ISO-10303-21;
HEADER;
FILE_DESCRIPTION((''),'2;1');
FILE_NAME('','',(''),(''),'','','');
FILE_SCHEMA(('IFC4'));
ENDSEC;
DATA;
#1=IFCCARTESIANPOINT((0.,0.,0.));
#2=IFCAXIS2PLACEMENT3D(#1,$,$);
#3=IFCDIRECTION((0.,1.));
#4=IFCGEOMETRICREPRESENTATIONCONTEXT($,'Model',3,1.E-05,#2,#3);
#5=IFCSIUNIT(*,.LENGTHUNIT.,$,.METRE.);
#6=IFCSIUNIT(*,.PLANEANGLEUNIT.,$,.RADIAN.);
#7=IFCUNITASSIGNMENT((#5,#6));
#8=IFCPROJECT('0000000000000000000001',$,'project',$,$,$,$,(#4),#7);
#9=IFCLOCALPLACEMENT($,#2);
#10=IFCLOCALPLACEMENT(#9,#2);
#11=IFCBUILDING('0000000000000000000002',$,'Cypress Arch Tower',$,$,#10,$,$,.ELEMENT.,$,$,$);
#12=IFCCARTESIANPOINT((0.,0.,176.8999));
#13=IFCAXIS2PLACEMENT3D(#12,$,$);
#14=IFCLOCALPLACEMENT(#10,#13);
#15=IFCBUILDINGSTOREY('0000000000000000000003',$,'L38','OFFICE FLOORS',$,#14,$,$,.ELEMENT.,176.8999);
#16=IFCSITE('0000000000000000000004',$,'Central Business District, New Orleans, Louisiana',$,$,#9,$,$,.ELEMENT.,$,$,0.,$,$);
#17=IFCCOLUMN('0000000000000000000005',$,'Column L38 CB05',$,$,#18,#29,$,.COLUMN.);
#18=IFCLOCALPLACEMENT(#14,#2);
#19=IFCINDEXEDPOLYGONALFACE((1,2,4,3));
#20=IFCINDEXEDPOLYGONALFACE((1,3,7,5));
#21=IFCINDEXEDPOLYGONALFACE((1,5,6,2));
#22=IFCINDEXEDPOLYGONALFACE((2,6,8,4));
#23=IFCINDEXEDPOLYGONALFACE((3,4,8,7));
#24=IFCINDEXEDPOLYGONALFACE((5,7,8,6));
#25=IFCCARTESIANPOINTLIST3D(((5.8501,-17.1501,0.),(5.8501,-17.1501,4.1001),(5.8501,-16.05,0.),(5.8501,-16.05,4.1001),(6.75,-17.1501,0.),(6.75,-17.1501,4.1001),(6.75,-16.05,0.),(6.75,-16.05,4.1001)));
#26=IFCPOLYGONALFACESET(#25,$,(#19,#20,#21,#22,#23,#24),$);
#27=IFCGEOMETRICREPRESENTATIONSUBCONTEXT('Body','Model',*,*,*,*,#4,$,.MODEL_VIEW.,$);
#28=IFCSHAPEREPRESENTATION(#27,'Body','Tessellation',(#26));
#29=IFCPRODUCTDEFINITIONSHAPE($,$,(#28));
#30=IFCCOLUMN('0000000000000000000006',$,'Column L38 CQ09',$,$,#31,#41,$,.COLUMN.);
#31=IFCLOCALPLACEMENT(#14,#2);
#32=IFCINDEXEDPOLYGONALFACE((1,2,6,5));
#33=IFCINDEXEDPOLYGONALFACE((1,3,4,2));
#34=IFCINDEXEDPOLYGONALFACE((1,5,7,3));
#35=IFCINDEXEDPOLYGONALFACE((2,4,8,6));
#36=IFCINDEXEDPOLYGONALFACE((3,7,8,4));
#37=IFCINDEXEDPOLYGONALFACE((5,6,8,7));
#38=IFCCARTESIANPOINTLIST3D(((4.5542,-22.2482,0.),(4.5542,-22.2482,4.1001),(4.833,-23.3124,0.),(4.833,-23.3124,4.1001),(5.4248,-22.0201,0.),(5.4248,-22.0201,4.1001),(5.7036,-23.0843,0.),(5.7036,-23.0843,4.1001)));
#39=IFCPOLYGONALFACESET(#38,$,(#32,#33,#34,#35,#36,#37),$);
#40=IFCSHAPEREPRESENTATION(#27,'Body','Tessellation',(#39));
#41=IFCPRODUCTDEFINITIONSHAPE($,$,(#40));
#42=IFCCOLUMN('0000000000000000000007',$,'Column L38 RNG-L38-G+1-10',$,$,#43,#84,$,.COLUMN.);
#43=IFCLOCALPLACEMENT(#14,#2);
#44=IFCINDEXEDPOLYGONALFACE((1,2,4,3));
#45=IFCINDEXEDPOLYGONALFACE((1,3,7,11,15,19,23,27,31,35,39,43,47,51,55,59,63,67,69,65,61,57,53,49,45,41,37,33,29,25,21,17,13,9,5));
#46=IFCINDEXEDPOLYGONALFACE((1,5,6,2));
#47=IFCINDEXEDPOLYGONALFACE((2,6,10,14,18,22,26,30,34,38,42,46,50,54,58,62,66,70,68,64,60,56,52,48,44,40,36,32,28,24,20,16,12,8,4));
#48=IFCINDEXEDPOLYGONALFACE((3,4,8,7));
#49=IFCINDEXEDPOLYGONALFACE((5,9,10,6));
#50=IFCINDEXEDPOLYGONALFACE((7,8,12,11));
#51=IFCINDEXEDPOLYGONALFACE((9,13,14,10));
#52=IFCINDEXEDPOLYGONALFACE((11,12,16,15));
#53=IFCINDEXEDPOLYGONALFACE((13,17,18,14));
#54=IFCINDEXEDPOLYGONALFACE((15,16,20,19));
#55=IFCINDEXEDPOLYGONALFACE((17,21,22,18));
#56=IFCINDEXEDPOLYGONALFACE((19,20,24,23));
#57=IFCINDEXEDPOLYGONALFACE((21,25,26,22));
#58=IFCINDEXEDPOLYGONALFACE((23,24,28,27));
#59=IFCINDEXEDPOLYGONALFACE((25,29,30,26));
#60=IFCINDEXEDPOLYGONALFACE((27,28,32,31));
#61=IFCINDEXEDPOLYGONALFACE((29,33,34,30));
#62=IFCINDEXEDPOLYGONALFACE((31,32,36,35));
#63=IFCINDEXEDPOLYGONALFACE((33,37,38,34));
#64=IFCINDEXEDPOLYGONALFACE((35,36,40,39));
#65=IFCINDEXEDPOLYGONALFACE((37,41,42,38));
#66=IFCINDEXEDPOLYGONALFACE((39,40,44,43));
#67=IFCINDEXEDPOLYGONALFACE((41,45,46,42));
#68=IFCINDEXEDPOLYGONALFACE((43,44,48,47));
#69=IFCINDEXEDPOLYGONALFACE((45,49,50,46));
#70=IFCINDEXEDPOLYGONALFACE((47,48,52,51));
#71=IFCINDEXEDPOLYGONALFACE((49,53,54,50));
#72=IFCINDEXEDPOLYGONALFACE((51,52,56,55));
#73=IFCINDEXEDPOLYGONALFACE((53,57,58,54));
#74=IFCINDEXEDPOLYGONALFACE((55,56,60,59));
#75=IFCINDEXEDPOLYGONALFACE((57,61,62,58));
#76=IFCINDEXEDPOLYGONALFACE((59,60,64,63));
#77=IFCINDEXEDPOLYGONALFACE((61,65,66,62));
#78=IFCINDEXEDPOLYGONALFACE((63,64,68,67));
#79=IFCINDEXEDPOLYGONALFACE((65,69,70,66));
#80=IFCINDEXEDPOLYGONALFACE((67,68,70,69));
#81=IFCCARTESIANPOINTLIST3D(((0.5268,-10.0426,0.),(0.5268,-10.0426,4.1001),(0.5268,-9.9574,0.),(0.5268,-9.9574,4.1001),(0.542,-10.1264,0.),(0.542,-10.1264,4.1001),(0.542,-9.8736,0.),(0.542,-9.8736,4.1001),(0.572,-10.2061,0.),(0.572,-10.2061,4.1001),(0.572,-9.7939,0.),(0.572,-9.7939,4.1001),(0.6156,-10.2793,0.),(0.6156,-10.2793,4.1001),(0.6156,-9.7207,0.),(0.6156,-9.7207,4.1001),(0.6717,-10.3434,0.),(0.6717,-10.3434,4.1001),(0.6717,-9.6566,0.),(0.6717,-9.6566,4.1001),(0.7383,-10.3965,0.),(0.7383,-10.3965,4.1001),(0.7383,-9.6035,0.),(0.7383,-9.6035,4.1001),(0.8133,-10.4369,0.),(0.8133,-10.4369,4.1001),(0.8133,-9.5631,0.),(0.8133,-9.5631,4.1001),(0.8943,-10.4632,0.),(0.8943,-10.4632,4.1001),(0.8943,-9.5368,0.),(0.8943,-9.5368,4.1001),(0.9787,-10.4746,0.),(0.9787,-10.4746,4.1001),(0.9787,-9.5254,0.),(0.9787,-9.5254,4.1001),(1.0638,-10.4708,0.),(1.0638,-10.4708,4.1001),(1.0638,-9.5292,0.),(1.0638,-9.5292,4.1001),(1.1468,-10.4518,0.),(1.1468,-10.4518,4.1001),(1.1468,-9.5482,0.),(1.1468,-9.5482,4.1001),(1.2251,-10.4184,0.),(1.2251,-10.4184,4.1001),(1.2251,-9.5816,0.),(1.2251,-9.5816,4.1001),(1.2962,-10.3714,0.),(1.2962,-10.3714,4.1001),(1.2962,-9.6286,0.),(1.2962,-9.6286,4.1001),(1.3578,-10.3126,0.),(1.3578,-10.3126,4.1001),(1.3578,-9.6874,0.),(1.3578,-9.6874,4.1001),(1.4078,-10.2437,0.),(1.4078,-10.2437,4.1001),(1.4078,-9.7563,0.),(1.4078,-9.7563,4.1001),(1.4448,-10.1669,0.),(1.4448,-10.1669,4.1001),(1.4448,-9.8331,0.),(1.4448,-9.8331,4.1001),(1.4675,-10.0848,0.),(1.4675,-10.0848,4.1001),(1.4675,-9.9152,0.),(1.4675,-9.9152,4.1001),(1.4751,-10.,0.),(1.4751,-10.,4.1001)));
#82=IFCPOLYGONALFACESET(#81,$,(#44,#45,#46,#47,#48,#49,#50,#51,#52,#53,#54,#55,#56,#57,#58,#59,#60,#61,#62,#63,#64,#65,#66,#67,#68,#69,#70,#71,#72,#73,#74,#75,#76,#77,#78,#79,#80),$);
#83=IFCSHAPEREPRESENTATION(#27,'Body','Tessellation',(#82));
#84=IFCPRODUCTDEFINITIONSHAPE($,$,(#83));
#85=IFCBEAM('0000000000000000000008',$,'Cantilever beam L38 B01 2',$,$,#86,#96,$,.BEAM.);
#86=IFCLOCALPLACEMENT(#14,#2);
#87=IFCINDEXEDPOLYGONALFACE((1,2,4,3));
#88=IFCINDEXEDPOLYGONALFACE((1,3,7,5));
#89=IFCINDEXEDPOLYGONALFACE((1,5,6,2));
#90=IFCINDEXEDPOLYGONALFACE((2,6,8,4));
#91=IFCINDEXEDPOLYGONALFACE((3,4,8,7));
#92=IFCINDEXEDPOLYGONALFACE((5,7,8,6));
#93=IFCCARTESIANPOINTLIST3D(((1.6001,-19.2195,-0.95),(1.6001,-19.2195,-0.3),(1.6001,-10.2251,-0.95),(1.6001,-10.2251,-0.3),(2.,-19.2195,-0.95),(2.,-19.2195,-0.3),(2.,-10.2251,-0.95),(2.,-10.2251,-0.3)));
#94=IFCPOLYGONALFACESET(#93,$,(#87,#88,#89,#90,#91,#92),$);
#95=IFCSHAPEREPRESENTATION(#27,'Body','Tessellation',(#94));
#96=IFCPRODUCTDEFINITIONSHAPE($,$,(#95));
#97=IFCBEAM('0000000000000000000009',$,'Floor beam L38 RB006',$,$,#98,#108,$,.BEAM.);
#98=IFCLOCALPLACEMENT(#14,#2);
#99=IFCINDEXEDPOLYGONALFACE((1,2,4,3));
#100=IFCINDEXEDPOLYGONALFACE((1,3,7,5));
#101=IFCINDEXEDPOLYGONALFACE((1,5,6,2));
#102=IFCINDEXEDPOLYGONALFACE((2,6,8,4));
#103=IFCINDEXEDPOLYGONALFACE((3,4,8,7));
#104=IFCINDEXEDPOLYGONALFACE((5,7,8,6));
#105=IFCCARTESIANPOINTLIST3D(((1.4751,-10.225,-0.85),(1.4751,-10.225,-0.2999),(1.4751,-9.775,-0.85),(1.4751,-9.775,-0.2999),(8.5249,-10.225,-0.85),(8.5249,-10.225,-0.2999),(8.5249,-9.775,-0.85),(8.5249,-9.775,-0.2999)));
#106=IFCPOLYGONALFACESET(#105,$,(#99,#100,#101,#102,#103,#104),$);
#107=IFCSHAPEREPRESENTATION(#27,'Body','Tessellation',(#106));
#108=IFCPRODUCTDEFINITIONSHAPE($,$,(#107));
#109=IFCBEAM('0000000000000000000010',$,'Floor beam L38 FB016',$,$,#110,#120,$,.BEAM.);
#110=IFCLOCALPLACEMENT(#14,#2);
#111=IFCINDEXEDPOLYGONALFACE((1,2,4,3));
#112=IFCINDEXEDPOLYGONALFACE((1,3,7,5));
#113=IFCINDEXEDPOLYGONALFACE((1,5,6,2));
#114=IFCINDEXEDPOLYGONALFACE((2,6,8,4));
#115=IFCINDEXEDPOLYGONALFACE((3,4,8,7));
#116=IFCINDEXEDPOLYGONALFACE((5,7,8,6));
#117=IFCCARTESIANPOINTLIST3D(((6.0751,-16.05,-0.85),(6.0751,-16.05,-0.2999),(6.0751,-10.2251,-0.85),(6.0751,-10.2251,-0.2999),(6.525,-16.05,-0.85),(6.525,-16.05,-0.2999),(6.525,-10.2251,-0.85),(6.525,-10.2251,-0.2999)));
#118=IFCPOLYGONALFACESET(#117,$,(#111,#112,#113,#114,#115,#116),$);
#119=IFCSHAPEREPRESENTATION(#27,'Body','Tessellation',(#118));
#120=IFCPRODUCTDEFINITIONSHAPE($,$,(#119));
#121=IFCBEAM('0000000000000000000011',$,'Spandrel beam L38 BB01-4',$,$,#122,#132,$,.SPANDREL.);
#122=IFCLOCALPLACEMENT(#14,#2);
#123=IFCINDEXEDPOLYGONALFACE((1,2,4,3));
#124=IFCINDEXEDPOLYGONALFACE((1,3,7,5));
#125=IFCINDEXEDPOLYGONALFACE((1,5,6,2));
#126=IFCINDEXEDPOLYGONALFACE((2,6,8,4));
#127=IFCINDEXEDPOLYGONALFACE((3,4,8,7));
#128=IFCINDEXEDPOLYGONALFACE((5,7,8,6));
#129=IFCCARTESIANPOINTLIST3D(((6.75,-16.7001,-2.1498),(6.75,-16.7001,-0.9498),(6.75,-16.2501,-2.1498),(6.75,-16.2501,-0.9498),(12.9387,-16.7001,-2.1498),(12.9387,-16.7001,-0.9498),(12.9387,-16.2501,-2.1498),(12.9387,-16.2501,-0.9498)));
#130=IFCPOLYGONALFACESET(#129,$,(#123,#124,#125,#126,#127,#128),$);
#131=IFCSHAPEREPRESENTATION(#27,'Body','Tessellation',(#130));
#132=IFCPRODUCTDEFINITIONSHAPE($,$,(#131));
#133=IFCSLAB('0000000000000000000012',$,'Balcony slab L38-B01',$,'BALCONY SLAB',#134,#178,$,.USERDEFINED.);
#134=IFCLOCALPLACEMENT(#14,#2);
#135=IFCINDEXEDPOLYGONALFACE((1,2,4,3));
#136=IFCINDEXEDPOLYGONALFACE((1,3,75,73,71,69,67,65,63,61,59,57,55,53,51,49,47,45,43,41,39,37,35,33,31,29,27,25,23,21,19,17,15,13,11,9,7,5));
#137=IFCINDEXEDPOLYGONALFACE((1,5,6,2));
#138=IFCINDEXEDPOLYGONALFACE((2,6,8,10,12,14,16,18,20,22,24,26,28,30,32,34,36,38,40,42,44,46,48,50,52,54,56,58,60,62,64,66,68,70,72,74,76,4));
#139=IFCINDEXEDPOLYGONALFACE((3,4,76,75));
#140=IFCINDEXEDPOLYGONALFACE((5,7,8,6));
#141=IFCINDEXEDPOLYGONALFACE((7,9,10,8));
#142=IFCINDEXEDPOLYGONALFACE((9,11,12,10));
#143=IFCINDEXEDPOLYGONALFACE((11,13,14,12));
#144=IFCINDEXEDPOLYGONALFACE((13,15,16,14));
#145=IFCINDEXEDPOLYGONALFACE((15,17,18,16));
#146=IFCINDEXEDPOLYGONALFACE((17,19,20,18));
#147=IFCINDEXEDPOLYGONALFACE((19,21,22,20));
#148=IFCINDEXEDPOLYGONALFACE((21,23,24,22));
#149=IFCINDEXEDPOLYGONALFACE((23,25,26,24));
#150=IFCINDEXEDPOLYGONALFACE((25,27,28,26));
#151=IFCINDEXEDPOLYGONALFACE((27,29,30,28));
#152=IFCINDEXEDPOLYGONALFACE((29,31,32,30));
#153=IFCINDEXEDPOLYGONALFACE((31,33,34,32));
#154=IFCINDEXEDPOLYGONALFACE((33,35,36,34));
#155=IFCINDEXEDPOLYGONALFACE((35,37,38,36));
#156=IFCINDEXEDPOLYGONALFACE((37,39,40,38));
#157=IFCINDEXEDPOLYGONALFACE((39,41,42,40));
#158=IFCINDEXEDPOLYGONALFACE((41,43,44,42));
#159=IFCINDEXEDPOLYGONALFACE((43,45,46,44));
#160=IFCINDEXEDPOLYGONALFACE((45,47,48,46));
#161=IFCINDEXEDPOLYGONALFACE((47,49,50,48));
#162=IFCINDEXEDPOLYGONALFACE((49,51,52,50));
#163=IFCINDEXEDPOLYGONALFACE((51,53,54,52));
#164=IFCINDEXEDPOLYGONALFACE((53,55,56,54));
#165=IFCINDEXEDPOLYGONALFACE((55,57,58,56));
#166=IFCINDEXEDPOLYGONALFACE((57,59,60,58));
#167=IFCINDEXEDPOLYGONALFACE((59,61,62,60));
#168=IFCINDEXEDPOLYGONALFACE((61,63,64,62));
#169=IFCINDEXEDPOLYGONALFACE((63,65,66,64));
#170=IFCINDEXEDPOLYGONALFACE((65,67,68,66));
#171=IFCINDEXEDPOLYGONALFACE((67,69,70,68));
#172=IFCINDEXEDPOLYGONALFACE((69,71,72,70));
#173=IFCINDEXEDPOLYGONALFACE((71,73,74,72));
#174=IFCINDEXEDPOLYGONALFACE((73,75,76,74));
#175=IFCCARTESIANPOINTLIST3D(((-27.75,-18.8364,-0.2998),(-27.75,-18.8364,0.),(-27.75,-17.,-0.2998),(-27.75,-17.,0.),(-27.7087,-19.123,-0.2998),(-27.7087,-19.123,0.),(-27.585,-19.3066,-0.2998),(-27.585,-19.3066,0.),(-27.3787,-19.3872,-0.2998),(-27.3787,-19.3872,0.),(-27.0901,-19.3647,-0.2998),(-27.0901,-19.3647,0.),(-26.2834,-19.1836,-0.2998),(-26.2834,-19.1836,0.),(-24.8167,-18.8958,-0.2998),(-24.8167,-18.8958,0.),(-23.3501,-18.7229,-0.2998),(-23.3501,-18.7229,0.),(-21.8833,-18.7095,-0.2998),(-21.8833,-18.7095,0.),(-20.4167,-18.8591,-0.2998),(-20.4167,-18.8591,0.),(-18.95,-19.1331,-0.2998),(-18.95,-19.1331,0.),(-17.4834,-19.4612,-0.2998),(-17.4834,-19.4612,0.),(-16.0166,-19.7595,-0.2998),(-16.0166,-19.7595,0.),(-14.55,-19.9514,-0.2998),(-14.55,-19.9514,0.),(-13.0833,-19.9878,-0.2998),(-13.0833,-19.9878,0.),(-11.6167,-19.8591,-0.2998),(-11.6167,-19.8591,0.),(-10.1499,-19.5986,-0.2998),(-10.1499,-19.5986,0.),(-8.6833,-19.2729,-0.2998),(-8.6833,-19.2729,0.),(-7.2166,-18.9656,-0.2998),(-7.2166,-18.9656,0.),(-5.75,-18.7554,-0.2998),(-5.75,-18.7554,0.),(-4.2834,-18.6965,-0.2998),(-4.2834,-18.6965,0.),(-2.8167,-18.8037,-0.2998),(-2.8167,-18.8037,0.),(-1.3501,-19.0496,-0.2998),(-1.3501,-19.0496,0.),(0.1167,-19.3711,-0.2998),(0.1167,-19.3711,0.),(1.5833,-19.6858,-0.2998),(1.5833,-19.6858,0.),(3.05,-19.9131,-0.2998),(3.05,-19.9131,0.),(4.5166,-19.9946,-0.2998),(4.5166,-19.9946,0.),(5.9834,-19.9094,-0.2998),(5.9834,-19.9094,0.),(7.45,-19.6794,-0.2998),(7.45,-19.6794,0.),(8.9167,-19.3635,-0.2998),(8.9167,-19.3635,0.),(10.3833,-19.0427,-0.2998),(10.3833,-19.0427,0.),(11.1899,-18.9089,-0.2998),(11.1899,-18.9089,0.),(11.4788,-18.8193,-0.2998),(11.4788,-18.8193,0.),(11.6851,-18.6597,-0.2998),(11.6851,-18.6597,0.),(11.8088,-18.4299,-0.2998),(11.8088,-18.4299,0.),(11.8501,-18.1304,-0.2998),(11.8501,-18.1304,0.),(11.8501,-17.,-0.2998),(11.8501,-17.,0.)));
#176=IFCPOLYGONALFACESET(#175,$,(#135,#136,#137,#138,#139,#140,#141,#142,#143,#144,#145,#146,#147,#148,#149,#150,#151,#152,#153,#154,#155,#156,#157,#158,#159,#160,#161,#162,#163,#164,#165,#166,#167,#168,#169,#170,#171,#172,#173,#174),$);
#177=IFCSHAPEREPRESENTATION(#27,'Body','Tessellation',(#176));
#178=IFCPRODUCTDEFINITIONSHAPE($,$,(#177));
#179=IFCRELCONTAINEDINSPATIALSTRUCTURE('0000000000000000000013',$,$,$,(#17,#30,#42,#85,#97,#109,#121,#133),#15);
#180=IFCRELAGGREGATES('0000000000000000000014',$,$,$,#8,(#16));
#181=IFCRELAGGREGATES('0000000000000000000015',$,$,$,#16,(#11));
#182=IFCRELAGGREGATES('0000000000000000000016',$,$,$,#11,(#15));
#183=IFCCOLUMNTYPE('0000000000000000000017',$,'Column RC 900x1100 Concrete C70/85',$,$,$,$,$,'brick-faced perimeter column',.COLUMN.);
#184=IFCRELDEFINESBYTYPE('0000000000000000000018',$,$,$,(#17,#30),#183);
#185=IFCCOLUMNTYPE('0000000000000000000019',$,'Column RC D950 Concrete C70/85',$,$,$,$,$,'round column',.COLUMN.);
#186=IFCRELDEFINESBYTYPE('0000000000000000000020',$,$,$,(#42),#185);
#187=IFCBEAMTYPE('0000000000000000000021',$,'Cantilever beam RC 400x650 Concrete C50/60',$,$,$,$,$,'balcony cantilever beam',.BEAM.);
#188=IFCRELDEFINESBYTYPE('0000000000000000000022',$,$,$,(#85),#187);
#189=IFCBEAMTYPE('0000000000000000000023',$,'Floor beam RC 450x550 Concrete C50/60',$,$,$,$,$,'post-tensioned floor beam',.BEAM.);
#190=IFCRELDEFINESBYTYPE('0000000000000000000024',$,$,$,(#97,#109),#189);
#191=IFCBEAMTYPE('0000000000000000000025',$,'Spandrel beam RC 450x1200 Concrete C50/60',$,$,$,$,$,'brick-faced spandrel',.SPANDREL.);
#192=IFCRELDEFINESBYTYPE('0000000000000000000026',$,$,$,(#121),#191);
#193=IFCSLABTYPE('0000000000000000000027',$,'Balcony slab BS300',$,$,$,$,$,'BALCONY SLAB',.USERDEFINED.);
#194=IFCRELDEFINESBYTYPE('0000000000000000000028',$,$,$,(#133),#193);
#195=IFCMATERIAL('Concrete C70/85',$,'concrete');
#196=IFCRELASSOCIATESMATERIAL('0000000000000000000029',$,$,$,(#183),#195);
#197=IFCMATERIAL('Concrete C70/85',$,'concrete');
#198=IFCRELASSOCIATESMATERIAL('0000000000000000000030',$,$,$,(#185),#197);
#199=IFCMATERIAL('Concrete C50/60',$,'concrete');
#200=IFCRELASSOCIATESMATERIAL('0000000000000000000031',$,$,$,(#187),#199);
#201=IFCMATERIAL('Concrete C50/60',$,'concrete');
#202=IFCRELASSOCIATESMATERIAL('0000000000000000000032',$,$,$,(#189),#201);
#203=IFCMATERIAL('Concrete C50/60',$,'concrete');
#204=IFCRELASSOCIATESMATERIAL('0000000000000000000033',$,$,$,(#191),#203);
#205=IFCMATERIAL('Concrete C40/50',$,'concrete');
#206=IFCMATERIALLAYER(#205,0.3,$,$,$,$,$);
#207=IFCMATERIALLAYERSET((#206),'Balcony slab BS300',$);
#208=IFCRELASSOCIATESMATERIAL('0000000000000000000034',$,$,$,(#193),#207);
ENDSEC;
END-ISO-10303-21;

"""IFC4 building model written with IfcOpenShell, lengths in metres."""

from ifc_helpers import new_model, si_unit, direction, frame, origin, origin_2d, place, context, subcontext, project, spatial, polyline, rectangle, circle, outline, extrude, material, layer, layer_set, material_profile, profile_set, type_object, element, save


model = new_model("IFC4")

# Units and contexts
model_context = context("Model", 3, precision=1e-05, world=origin(), true_north=direction((0.0, 1.0)))
body_context = subcontext(model_context, "Body", "Model", "MODEL_VIEW")
ifc_project = project(units=[si_unit("LENGTHUNIT", "METRE"), si_unit("PLANEANGLEUNIT", "RADIAN")], contexts=[model_context])

# Site, building, storey
site_placement = place(None, origin())
site = spatial("IfcSite", under=ifc_project, at=site_placement, Name="Central Business District, New Orleans, Louisiana", CompositionType="ELEMENT", RefElevation=0.0)
building_placement = place(site_placement, origin())
building = spatial("IfcBuilding", under=site, at=building_placement, Name="Cypress Arch Tower", CompositionType="ELEMENT")
storey_placement = place(building_placement, frame((0.0, 0.0, 176.8999)))
storey = spatial("IfcBuildingStorey", under=building, at=storey_placement, Name="L38", Description="OFFICE FLOORS", CompositionType="ELEMENT", Elevation=176.8999)

# Columns
ifc_material_1 = material(Name="Concrete C70/85", Category="concrete")
ifc_material_profile_1 = material_profile(ifc_material_1, rectangle(XDim=0.8999, YDim=1.1001, at=origin_2d()), Name="RC 900x1100")
ifc_profile_set_1 = profile_set([ifc_material_profile_1], Name="Concrete C70/85")
column_type_1 = type_object("IfcColumnType", Name="Column RC 900x1100 Concrete C70/85", ElementType="brick-faced perimeter column", PredefinedType="COLUMN", material=ifc_profile_set_1)
for number, where, z_axis, x_axis, name in (
    (1, (6.3, -16.6001, 0.0), (0.0, 0.0, 1.0), (1.0, 0.0, 0.0), "Column L38 CB05"),
    (2, (5.1289, -22.6663, 0.0), (0.0, 0.0, 1.0), (0.967356, 0.253422, 0.0), "Column L38 CQ09"),
):
    element("IfcColumn", number, at=place(storey_placement, frame(where, z_axis=z_axis, x_axis=x_axis)), inside=storey, type_object=column_type_1, Name=name, PredefinedType="COLUMN", context=body_context, shape_type="SweptSolid", body=[
        extrude(rectangle(XDim=0.8999, YDim=1.1001, at=origin_2d()), origin(), (0.0, 0.0, 1.0), 4.1001),
    ])
ifc_material_2 = material(Name="Concrete C70/85", Category="concrete")
ifc_material_profile_2 = material_profile(ifc_material_2, circle(Radius=0.4751, at=origin_2d()), Name="RC D950")
ifc_profile_set_2 = profile_set([ifc_material_profile_2], Name="Concrete C70/85")
column_type_2 = type_object("IfcColumnType", Name="Column RC D950 Concrete C70/85", ElementType="round column", PredefinedType="COLUMN", material=ifc_profile_set_2)
column_placement = place(storey_placement, frame((1.0, -10.0, 0.0), z_axis=(0.0, 0.0, 1.0), x_axis=(1.0, 0.0, 0.0)))
element("IfcColumn", 3, at=column_placement, inside=storey, type_object=column_type_2, Name="Column L38 RNG-L38-G+1-10", PredefinedType="COLUMN", context=body_context, shape_type="SweptSolid", body=[
    extrude(circle(Radius=0.4751, at=origin_2d()), origin(), (0.0, 0.0, 1.0), 4.1001),
])

# Beams
ifc_material_3 = material(Name="Concrete C50/60", Category="concrete")
ifc_material_profile_3 = material_profile(ifc_material_3, rectangle(XDim=0.3999, YDim=0.6499, at=origin_2d()), Name="RC 400x650")
ifc_profile_set_3 = profile_set([ifc_material_profile_3], Name="Concrete C50/60")
beam_type_1 = type_object("IfcBeamType", Name="Cantilever beam RC 400x650 Concrete C50/60", ElementType="balcony cantilever beam", PredefinedType="BEAM", material=ifc_profile_set_3)
beam_1_placement = place(storey_placement, frame((1.8, -10.2251, -0.625), z_axis=(0.0, -1.0, 0.0), x_axis=(1.0, 0.0, 0.0)))
element("IfcBeam", 4, at=beam_1_placement, inside=storey, type_object=beam_type_1, Name="Cantilever beam L38 B01 2", PredefinedType="BEAM", context=body_context, shape_type="SweptSolid", body=[
    extrude(rectangle(XDim=0.3999, YDim=0.6499, at=origin_2d()), origin(), (0.0, 0.0, 1.0), 8.9944),
])
ifc_material_4 = material(Name="Concrete C50/60", Category="concrete")
ifc_material_profile_4 = material_profile(ifc_material_4, rectangle(XDim=0.45, YDim=0.55, at=origin_2d()), Name="RC 450x550")
ifc_profile_set_4 = profile_set([ifc_material_profile_4], Name="Concrete C50/60")
beam_type_2 = type_object("IfcBeamType", Name="Floor beam RC 450x550 Concrete C50/60", ElementType="post-tensioned floor beam", PredefinedType="BEAM", material=ifc_profile_set_4)
beam_2_placement = place(storey_placement, frame((1.4751, -10.0, -0.575), z_axis=(1.0, 0.0, 0.0), x_axis=(0.0, 1.0, 0.0)))
element("IfcBeam", 5, at=beam_2_placement, inside=storey, type_object=beam_type_2, Name="Floor beam L38 RB006", PredefinedType="BEAM", context=body_context, shape_type="SweptSolid", body=[
    extrude(rectangle(XDim=0.45, YDim=0.55, at=origin_2d()), origin(), (0.0, 0.0, 1.0), 7.0498),
])
beam_3_placement = place(storey_placement, frame((6.3, -16.05, -0.575), z_axis=(0.0, 1.0, 0.0), x_axis=(-1.0, 0.0, 0.0)))
element("IfcBeam", 6, at=beam_3_placement, inside=storey, type_object=beam_type_2, Name="Floor beam L38 FB016", PredefinedType="BEAM", context=body_context, shape_type="SweptSolid", body=[
    extrude(rectangle(XDim=0.45, YDim=0.55, at=origin_2d()), origin(), (0.0, 0.0, 1.0), 5.825),
])
ifc_material_5 = material(Name="Concrete C50/60", Category="concrete")
ifc_material_profile_5 = material_profile(ifc_material_5, rectangle(XDim=0.45, YDim=1.2, at=origin_2d()), Name="RC 450x1200")
ifc_profile_set_5 = profile_set([ifc_material_profile_5], Name="Concrete C50/60")
beam_type_3 = type_object("IfcBeamType", Name="Spandrel beam RC 450x1200 Concrete C50/60", ElementType="brick-faced spandrel", PredefinedType="SPANDREL", material=ifc_profile_set_5)
beam_4_placement = place(storey_placement, frame((6.75, -16.4751, -1.5498), z_axis=(1.0, 0.0, 0.0), x_axis=(0.0, 1.0, 0.0)))
element("IfcBeam", 7, at=beam_4_placement, inside=storey, type_object=beam_type_3, Name="Spandrel beam L38 BB01-4", PredefinedType="SPANDREL", context=body_context, shape_type="SweptSolid", body=[
    extrude(rectangle(XDim=0.45, YDim=1.2, at=origin_2d()), origin(), (0.0, 0.0, 1.0), 6.1887),
])

# Slab
ifc_material_6 = material(Name="Concrete C40/50", Category="concrete")
ifc_layer_1 = layer(ifc_material_6, 0.3)
ifc_layer_set_1 = layer_set([ifc_layer_1], Name="Balcony slab BS300")
slab_type_1 = type_object("IfcSlabType", Name="Balcony slab BS300", ElementType="BALCONY SLAB", PredefinedType="USERDEFINED", material=ifc_layer_set_1)
slab_1_placement = place(storey_placement, frame((0.0, 0.0, -0.2998)))
element("IfcSlab", 8, at=slab_1_placement, inside=storey, type_object=slab_type_1, Name="Balcony slab L38-B01", ObjectType="BALCONY SLAB", PredefinedType="USERDEFINED", context=body_context, shape_type="SweptSolid", body=[
    extrude(outline(polyline([(-27.75, -17.0), (-27.75, -18.8364), (-27.7087, -19.123), (-27.585, -19.3066), (-27.3787, -19.3872), (-27.0901, -19.3647), (-26.2834, -19.1836), (-24.8167, -18.8958), (-23.3501, -18.7229), (-21.8833, -18.7095), (-20.4167, -18.8591), (-18.95, -19.1331), (-17.4834, -19.4612), (-16.0166, -19.7595), (-14.55, -19.9514), (-13.0833, -19.9878), (-11.6167, -19.8591), (-10.1499, -19.5986), (-8.6833, -19.2729), (-7.2166, -18.9656), (-5.75, -18.7554), (-4.2834, -18.6965), (-2.8167, -18.8037), (-1.3501, -19.0496), (0.1167, -19.3711), (1.5833, -19.6858), (3.05, -19.9131), (4.5166, -19.9946), (5.9834, -19.9094), (7.45, -19.6794), (8.9167, -19.3635), (10.3833, -19.0427), (11.1899, -18.9089), (11.4788, -18.8193), (11.6851, -18.6597), (11.8088, -18.4299), (11.8501, -18.1304), (11.8501, -17.0), (-27.75, -17.0)])), origin(), (0.0, 0.0, 1.0), 0.2998),
])

save(model, "model.ifc")
